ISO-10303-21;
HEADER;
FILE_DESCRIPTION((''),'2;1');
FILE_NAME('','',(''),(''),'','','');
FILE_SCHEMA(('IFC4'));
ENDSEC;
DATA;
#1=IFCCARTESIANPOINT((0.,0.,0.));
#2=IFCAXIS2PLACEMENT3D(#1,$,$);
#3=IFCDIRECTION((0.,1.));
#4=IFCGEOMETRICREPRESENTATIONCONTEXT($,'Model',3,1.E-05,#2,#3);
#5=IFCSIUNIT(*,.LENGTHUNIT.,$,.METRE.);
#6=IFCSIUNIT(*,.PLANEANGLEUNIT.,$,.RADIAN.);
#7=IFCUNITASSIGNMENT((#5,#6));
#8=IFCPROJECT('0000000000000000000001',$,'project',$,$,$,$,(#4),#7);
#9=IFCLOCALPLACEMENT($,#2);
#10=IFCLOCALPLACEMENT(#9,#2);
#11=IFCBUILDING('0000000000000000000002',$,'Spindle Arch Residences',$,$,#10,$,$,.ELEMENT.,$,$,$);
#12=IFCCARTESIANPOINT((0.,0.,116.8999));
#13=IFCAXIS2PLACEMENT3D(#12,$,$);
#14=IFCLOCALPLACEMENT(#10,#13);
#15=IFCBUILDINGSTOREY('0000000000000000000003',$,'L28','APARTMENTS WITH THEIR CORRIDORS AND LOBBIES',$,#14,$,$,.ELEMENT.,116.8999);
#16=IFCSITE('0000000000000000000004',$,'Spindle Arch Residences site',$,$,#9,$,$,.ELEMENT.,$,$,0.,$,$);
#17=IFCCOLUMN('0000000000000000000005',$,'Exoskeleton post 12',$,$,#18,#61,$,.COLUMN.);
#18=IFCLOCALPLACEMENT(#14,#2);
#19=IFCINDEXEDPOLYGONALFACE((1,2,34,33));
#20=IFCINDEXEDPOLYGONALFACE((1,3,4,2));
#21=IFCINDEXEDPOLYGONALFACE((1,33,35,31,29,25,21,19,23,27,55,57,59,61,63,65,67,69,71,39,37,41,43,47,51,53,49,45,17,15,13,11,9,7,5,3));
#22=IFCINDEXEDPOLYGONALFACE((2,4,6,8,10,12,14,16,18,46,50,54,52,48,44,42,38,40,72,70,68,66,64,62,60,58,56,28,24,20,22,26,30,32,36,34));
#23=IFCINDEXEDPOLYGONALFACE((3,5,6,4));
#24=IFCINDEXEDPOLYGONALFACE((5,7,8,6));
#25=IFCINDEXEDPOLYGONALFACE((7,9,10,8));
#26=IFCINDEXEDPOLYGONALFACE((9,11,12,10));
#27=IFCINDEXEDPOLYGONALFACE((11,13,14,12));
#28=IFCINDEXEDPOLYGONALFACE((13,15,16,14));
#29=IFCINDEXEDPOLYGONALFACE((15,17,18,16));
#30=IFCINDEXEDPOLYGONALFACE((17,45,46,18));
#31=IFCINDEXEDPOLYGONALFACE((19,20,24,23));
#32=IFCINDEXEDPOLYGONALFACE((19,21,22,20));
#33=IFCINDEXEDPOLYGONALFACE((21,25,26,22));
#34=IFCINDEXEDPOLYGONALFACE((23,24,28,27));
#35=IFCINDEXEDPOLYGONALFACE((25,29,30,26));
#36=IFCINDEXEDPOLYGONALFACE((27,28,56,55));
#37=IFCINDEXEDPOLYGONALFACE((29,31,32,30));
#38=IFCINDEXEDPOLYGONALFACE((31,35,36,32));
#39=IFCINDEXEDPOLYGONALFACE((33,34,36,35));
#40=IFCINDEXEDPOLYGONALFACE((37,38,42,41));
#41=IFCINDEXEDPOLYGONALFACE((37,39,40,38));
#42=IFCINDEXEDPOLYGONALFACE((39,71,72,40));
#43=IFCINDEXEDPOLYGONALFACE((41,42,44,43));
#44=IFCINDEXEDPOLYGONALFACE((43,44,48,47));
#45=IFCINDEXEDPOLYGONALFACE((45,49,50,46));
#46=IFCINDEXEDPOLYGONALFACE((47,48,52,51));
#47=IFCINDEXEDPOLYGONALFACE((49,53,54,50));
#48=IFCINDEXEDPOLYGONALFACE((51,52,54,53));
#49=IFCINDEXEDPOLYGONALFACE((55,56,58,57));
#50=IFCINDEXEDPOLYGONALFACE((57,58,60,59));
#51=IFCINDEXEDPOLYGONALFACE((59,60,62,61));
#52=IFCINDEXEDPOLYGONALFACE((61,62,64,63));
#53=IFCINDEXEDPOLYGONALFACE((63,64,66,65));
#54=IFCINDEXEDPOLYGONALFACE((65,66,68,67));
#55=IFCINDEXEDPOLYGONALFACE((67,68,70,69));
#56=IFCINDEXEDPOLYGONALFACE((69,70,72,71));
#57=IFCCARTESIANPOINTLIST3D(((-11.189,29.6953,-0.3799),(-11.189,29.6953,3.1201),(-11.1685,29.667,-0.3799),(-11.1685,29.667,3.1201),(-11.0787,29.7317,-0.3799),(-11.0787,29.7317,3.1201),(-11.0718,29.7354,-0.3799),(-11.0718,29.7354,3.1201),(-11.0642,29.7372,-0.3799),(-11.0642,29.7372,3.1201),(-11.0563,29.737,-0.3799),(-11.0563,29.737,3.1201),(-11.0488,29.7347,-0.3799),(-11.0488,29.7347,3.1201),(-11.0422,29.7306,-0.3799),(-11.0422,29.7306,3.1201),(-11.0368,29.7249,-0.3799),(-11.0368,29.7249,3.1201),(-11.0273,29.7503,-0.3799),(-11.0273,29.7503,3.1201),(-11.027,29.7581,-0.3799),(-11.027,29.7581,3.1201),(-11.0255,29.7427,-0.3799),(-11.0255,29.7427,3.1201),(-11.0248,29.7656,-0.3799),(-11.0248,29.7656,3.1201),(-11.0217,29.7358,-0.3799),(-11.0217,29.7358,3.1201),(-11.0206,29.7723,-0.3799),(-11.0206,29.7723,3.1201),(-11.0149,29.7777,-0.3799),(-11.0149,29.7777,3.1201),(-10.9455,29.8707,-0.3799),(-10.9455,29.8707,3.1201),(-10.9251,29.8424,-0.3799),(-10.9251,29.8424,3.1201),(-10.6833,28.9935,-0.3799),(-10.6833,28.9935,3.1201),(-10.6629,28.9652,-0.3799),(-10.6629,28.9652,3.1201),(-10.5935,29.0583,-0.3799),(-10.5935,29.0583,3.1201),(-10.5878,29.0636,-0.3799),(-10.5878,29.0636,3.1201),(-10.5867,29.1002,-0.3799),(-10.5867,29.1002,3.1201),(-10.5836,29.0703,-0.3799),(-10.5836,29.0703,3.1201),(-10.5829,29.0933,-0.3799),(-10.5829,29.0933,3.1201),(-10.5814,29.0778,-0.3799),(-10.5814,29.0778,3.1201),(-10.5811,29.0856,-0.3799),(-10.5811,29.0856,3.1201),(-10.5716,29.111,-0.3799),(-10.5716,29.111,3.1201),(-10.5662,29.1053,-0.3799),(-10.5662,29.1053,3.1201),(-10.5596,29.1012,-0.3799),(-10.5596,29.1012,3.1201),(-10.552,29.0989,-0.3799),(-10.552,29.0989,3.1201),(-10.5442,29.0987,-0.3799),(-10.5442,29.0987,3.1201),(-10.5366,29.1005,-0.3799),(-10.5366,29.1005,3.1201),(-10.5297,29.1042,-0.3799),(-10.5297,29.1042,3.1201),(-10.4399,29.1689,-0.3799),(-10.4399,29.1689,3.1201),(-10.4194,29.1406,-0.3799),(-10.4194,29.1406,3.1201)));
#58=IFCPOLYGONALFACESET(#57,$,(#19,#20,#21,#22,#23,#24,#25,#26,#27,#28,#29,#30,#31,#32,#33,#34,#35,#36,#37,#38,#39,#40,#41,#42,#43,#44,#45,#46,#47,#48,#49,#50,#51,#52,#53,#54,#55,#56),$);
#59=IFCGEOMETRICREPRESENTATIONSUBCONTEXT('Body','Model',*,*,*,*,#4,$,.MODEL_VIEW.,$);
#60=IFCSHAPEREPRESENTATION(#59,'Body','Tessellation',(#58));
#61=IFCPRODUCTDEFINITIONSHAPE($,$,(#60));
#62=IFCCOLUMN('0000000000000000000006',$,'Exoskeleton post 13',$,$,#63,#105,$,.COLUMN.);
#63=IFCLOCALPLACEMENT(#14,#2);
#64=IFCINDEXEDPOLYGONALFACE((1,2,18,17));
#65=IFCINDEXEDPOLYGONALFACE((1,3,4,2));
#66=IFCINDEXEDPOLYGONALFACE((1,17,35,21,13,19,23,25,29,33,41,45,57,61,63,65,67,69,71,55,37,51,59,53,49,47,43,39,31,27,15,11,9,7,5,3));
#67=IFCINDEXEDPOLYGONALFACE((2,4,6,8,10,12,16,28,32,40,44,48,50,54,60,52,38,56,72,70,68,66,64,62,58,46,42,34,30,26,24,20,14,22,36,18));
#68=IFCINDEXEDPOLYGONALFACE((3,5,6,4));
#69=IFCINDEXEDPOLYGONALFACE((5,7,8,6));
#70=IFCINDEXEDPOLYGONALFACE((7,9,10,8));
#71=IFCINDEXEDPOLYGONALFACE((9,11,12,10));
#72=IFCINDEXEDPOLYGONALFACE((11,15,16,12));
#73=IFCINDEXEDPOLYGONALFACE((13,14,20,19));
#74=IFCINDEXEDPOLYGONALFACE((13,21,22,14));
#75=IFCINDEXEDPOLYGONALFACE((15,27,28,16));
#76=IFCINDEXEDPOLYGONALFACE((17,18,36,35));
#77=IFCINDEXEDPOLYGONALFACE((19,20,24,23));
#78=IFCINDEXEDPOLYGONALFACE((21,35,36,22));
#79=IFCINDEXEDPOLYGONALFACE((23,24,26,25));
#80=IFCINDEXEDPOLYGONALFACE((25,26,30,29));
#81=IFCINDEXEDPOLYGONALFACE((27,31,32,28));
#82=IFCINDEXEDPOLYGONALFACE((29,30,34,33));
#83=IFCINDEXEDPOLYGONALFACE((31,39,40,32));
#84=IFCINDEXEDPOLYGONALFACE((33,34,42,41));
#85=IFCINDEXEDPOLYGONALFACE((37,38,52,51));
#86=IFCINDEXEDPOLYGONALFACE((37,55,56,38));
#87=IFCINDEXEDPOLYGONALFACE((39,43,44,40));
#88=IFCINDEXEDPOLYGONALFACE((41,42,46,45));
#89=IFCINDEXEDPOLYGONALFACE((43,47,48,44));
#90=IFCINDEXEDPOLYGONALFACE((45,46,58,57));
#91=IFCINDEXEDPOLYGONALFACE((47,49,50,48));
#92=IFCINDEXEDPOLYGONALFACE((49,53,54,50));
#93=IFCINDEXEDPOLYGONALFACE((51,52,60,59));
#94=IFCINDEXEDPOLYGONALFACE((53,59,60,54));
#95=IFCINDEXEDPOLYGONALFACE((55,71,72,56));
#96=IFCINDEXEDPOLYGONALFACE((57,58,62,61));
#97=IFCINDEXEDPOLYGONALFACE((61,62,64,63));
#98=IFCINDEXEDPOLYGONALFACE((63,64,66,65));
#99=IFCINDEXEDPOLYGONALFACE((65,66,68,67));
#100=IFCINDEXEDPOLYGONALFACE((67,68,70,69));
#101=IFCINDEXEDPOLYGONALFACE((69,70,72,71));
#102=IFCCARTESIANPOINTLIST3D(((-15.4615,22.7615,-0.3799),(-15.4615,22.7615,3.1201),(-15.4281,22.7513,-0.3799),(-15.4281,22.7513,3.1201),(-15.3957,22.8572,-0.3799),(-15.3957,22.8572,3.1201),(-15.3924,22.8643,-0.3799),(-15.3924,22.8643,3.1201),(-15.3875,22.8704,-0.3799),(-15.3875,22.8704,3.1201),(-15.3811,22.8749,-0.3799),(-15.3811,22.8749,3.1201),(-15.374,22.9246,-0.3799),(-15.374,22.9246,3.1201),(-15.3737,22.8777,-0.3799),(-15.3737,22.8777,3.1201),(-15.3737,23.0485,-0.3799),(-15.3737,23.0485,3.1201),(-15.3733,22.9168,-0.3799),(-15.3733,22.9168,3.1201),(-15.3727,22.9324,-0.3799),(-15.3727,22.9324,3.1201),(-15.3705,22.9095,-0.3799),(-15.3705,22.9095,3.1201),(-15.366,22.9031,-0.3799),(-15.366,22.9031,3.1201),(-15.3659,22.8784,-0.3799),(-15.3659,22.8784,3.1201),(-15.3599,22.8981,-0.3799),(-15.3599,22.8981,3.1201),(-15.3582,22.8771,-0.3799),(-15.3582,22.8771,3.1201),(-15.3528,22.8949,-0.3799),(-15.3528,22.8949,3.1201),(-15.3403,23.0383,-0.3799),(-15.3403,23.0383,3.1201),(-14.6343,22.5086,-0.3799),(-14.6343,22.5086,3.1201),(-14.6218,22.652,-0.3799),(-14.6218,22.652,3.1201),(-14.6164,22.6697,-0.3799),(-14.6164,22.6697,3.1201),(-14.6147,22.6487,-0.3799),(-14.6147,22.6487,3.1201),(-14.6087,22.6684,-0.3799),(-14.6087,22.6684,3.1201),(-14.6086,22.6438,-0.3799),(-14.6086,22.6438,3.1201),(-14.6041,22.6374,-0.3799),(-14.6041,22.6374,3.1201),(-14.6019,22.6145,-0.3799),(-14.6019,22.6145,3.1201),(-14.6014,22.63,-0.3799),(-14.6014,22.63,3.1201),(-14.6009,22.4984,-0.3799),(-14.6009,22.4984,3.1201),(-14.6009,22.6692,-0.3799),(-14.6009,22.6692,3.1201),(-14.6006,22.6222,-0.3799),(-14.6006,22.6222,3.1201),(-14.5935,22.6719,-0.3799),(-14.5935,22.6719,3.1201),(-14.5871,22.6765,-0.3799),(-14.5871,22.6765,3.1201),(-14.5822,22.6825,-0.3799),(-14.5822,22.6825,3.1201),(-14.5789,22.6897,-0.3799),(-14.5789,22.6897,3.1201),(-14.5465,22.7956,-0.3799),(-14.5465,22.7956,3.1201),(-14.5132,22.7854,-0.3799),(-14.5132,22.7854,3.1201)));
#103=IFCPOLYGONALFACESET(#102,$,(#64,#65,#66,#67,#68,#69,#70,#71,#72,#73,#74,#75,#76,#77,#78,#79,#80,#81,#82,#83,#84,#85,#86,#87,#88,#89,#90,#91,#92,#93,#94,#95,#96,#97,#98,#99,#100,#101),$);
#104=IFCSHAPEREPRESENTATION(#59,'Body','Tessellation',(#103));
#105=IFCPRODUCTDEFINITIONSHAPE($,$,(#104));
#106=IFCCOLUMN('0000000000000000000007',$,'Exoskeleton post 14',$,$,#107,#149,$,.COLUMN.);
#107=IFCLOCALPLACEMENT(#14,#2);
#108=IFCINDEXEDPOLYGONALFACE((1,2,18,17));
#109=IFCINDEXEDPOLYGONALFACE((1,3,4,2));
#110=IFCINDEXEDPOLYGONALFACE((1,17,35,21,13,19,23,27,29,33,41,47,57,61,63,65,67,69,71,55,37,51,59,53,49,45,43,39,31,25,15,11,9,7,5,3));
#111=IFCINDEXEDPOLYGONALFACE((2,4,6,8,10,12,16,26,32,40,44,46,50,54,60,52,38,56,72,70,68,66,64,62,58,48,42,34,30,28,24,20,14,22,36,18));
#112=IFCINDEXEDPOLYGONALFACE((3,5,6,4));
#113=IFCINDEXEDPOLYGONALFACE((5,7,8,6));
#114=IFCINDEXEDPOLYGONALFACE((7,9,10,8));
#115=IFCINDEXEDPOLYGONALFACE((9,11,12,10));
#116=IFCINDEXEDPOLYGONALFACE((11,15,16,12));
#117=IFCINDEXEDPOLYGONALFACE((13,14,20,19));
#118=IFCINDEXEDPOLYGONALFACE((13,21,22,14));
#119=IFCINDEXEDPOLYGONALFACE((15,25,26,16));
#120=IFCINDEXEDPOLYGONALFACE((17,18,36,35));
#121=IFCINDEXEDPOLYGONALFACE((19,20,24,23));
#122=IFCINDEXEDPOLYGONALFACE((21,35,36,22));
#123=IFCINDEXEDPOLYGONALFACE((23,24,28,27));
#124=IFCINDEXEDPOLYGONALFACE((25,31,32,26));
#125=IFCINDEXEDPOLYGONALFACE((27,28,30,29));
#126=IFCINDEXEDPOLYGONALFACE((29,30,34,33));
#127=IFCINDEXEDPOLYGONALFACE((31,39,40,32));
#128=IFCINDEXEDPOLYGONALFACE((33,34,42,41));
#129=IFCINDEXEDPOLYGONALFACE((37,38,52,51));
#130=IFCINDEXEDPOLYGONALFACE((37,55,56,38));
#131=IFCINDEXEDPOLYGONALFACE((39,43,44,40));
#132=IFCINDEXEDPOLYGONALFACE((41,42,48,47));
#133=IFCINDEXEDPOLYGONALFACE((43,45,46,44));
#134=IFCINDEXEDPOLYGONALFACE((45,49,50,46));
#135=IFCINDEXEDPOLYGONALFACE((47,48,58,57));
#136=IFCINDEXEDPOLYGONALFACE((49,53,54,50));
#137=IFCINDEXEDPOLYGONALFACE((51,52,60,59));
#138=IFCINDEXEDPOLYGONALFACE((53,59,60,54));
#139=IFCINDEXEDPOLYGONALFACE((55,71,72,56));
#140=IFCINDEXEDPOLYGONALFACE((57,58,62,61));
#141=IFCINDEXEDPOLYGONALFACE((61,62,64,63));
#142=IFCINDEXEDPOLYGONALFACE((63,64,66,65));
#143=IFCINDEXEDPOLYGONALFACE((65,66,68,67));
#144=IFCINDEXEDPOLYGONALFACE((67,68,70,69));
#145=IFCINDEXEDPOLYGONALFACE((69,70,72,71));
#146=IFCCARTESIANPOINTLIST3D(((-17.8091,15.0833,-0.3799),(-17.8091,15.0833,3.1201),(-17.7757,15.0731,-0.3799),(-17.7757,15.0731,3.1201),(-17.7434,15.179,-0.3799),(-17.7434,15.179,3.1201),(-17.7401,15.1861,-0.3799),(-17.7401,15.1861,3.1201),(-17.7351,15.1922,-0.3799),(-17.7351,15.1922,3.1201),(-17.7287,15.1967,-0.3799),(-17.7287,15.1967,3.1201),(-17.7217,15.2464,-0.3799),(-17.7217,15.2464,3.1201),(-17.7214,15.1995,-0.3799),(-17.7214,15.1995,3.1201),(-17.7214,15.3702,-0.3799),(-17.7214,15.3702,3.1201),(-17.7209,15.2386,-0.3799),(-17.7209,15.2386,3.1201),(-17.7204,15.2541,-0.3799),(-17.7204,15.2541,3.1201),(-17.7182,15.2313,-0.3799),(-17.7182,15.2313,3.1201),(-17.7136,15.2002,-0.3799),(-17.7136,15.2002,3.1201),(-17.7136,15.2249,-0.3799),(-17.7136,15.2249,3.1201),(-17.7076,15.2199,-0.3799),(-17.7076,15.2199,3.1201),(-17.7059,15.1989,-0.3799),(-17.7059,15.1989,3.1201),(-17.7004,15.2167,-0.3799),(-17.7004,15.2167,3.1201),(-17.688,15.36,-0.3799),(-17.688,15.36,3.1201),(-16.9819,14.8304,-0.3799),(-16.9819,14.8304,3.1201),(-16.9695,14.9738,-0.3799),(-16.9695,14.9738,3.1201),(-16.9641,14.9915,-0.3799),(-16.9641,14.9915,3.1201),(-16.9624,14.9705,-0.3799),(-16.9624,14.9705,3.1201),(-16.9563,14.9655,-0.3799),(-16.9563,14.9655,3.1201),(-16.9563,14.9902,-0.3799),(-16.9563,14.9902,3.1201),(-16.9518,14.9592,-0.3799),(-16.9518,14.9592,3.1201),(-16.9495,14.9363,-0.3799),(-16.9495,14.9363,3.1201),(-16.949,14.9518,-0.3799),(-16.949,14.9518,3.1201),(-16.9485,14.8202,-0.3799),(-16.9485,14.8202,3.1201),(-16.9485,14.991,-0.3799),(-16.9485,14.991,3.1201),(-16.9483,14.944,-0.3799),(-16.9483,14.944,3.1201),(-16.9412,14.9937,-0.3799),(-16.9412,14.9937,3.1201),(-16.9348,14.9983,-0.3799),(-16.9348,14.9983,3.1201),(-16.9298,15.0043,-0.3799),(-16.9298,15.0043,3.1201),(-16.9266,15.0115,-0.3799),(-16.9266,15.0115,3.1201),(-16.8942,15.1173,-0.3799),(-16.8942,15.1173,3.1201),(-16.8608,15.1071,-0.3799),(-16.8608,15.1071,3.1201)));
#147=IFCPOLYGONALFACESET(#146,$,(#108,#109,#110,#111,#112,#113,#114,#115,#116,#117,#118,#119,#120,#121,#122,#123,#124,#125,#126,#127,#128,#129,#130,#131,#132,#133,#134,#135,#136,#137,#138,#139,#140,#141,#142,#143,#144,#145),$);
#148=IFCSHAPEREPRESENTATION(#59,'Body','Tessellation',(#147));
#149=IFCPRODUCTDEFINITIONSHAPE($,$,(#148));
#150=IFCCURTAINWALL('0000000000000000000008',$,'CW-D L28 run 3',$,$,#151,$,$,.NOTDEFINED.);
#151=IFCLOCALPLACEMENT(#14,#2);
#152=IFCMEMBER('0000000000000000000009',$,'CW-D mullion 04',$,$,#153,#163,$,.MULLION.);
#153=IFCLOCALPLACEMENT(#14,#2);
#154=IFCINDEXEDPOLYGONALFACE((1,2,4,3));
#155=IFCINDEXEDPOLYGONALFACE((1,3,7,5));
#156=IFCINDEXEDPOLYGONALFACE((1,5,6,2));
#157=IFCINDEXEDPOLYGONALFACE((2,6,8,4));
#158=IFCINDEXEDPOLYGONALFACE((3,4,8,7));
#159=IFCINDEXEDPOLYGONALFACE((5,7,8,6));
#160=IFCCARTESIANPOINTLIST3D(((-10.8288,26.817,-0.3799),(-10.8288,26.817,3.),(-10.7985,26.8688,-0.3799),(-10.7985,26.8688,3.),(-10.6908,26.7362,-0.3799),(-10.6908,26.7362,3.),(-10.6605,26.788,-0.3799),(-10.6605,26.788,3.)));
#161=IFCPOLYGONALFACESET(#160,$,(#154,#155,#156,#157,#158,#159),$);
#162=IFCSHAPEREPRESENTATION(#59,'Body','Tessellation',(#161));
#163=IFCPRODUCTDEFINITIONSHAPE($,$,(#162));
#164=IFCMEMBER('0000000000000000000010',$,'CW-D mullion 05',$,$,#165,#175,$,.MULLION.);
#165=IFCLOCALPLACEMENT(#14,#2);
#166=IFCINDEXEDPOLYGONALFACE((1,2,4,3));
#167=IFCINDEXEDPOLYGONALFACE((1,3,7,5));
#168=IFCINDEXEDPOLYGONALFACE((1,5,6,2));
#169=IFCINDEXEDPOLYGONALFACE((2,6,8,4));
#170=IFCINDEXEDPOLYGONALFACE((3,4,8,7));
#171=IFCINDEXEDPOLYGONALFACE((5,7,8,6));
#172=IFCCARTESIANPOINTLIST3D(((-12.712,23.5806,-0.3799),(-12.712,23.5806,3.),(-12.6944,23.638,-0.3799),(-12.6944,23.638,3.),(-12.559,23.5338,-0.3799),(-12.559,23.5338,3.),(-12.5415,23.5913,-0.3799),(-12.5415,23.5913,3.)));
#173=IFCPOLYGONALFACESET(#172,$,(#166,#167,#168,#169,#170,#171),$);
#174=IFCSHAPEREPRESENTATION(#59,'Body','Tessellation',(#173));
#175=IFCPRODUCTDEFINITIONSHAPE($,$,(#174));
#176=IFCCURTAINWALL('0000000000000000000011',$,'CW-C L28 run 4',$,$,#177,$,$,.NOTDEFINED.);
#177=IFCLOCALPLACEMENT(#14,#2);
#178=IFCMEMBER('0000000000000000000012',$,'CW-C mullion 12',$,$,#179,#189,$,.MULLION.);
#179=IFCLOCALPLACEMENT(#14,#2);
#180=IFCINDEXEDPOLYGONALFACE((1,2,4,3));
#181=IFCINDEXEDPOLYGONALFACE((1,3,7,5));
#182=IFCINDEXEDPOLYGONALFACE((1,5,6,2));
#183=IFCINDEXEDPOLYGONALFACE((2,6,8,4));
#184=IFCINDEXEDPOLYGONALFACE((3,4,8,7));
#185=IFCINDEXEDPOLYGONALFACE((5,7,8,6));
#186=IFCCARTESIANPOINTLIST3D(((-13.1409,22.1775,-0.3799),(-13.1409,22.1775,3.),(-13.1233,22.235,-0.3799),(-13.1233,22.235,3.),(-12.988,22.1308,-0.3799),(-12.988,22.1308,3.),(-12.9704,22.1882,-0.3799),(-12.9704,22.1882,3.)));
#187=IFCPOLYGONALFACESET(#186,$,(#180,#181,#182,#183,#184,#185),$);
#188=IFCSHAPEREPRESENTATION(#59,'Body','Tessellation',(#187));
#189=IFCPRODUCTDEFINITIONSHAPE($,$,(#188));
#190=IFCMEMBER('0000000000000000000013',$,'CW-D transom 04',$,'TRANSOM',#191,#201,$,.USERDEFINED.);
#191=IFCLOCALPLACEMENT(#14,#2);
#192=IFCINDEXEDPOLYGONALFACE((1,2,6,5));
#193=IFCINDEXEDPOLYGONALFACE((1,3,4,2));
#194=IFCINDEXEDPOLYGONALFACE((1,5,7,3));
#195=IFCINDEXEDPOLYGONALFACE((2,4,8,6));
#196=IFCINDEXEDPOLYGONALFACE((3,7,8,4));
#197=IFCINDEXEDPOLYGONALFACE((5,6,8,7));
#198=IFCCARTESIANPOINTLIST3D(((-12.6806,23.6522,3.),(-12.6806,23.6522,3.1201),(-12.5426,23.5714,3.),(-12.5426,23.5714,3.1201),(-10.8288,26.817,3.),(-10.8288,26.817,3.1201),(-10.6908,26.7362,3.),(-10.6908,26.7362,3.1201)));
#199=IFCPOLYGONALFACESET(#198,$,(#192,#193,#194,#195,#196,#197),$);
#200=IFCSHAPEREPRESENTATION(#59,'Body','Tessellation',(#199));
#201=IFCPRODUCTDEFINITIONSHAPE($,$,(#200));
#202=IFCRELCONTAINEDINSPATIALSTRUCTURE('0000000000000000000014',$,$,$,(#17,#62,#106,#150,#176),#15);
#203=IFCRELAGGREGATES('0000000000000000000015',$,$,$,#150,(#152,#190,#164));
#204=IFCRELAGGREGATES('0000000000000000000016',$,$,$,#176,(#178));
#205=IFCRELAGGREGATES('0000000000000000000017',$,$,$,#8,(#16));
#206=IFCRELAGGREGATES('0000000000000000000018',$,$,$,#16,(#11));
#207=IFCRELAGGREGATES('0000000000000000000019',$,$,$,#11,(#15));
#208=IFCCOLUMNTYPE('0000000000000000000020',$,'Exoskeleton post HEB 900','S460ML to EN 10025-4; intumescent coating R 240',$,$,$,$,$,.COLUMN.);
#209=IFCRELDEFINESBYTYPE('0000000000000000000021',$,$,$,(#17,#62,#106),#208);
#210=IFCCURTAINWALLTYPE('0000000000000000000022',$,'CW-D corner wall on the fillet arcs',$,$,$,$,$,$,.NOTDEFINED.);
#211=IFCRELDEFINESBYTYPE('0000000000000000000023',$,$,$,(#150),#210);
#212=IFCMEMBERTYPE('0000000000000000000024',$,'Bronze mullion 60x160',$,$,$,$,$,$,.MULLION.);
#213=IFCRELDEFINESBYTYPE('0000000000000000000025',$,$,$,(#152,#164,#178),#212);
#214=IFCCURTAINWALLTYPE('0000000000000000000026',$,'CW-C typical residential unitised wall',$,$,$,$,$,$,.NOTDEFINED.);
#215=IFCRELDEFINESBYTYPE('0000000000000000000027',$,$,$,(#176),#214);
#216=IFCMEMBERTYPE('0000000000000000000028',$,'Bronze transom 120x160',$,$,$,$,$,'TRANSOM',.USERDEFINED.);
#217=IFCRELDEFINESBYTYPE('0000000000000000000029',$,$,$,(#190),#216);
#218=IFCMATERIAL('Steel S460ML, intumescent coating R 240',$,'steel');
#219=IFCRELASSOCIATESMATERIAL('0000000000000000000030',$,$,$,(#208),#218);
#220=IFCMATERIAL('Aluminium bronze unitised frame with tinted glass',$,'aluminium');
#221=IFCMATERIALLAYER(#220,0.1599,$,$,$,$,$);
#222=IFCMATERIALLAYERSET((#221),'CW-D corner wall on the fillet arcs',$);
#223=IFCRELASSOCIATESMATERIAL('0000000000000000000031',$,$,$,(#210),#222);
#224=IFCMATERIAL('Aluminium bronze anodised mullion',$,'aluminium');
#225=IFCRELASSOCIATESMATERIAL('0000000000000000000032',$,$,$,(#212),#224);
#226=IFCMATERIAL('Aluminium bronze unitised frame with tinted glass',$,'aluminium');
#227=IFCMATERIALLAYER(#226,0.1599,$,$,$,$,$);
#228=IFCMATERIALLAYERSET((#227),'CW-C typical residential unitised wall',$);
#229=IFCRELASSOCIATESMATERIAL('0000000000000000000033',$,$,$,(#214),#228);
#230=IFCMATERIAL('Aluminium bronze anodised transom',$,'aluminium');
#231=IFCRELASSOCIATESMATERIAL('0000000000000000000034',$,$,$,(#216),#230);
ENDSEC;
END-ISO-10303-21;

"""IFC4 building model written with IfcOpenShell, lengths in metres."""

from ifc_helpers import new_model, si_unit, direction, frame, origin, origin_2d, place, context, subcontext, project, spatial, rectangle, i_section, extrude, material, layer, layer_set, material_profile, profile_set, type_object, element, aggregate, save


model = new_model("IFC4")

# Units and contexts
model_context = context("Model", 3, precision=1e-05, world=origin(), true_north=direction((0.0, 1.0)))
body_context = subcontext(model_context, "Body", "Model", "MODEL_VIEW")
ifc_project = project(units=[si_unit("LENGTHUNIT", "METRE"), si_unit("PLANEANGLEUNIT", "RADIAN")], contexts=[model_context])

# Site, building, storey
site_placement = place(None, origin())
site = spatial("IfcSite", under=ifc_project, at=site_placement, Name="Spindle Arch Residences site", CompositionType="ELEMENT", RefElevation=0.0)
building_placement = place(site_placement, origin())
building = spatial("IfcBuilding", under=site, at=building_placement, Name="Spindle Arch Residences", CompositionType="ELEMENT")
storey_placement = place(building_placement, frame((0.0, 0.0, 116.8999)))
storey = spatial("IfcBuildingStorey", under=building, at=storey_placement, Name="L28", Description="APARTMENTS WITH THEIR CORRIDORS AND LOBBIES", CompositionType="ELEMENT", Elevation=116.8999)

# Columns
ifc_material_1 = material(Name="Steel S460ML, intumescent coating R 240", Category="steel")
ifc_material_profile_1 = material_profile(ifc_material_1, i_section(OverallWidth=0.3, OverallDepth=0.8999, WebThickness=0.0186, FlangeThickness=0.0349, FilletRadius=0.03, at=origin_2d()), Name="HEB 900")
ifc_profile_set_1 = profile_set([ifc_material_profile_1], Name="Steel S460ML, intumescent coating R 240")
column_type = type_object("IfcColumnType", Name="Exoskeleton post HEB 900", Description="S460ML to EN 10025-4; intumescent coating R 240", PredefinedType="COLUMN", material=ifc_profile_set_1)
for number, where, z_axis, x_axis, name in (
    (1, (-10.8042, 29.418, -0.3799), (0.0, 0.0, 1.0), (0.811328, 0.584591, 0.0), "Exoskeleton post 12"),
    (2, (-14.9873, 22.7734, -0.3799), (0.0, 0.0, 1.0), (0.292372, 0.956305, 0.0), "Exoskeleton post 13"),
    (3, (-17.335, 15.0952, -0.3799), (0.0, 0.0, 1.0), (0.292372, 0.956305, 0.0), "Exoskeleton post 14"),
):
    element("IfcColumn", number, at=place(storey_placement, frame(where, z_axis=z_axis, x_axis=x_axis)), inside=storey, type_object=column_type, Name=name, PredefinedType="COLUMN", context=body_context, shape_type="SweptSolid", body=[
        extrude(i_section(OverallWidth=0.3, OverallDepth=0.8999, WebThickness=0.0186, FlangeThickness=0.0349, FilletRadius=0.03, at=origin_2d()), origin(), (0.0, 0.0, 1.0), 3.5),
    ])

# Curtain wall, members
ifc_material_2 = material(Name="Aluminium bronze unitised frame with tinted glass", Category="aluminium")
ifc_layer_1 = layer(ifc_material_2, 0.1599)
ifc_layer_set_1 = layer_set([ifc_layer_1], Name="CW-D corner wall on the fillet arcs")
curtain_wall_type_1 = type_object("IfcCurtainWallType", Name="CW-D corner wall on the fillet arcs", PredefinedType="NOTDEFINED", material=ifc_layer_set_1)
curtain_wall_1_placement = place(storey_placement, origin())
curtain_wall_1 = element("IfcCurtainWall", 4, at=curtain_wall_1_placement, inside=storey, type_object=curtain_wall_type_1, Name="CW-D L28 run 3", PredefinedType="NOTDEFINED")
ifc_material_3 = material(Name="Aluminium bronze anodised mullion", Category="aluminium")
ifc_material_profile_2 = material_profile(ifc_material_3, rectangle(XDim=0.1599, YDim=0.0601, at=origin_2d()), Name="MU 60x160")
ifc_profile_set_2 = profile_set([ifc_material_profile_2], Name="Aluminium bronze anodised mullion")
member_type_1 = type_object("IfcMemberType", Name="Bronze mullion 60x160", PredefinedType="MULLION", material=ifc_profile_set_2)
member_1_placement = place(storey_placement, frame((-10.7446, 26.8025, -0.3799), z_axis=(0.0, 0.0, 1.0), x_axis=(0.863102, -0.50503, 0.0)))
member_1 = element("IfcMember", 5, at=member_1_placement, type_object=member_type_1, Name="CW-D mullion 04", PredefinedType="MULLION", context=body_context, shape_type="SweptSolid", body=[
    extrude(rectangle(XDim=0.1599, YDim=0.0601, at=origin_2d()), origin(), (0.0, 0.0, 1.0), 3.3799),
])
member_2_placement = place(storey_placement, frame((-12.6267, 23.5859, -0.3799), z_axis=(0.0, 0.0, 1.0), x_axis=(0.956305, -0.292372, 0.0)))
member_2 = element("IfcMember", 6, at=member_2_placement, type_object=member_type_1, Name="CW-D mullion 05", PredefinedType="MULLION", context=body_context, shape_type="SweptSolid", body=[
    extrude(rectangle(XDim=0.1599, YDim=0.0601, at=origin_2d()), origin(), (0.0, 0.0, 1.0), 3.3799),
])

# Curtain wall, member
ifc_material_4 = material(Name="Aluminium bronze unitised frame with tinted glass", Category="aluminium")
ifc_layer_2 = layer(ifc_material_4, 0.1599)
ifc_layer_set_2 = layer_set([ifc_layer_2], Name="CW-C typical residential unitised wall")
curtain_wall_type_2 = type_object("IfcCurtainWallType", Name="CW-C typical residential unitised wall", PredefinedType="NOTDEFINED", material=ifc_layer_set_2)
curtain_wall_2_placement = place(storey_placement, origin())
curtain_wall_2 = element("IfcCurtainWall", 7, at=curtain_wall_2_placement, inside=storey, type_object=curtain_wall_type_2, Name="CW-C L28 run 4", PredefinedType="NOTDEFINED")
member_3_placement = place(storey_placement, frame((-13.0557, 22.1829, -0.3799), z_axis=(0.0, 0.0, 1.0), x_axis=(0.956305, -0.292372, 0.0)))
member_3 = element("IfcMember", 8, at=member_3_placement, type_object=member_type_1, Name="CW-C mullion 12", PredefinedType="MULLION", context=body_context, shape_type="SweptSolid", body=[
    extrude(rectangle(XDim=0.1599, YDim=0.0601, at=origin_2d()), origin(), (0.0, 0.0, 1.0), 3.3799),
])

# Member
ifc_material_5 = material(Name="Aluminium bronze anodised transom", Category="aluminium")
ifc_material_profile_3 = material_profile(ifc_material_5, rectangle(XDim=0.1599, YDim=0.1201, at=origin_2d()), Name="TR 120x160")
ifc_profile_set_3 = profile_set([ifc_material_profile_3], Name="Aluminium bronze anodised transom")
member_type_2 = type_object("IfcMemberType", Name="Bronze transom 120x160", ElementType="TRANSOM", PredefinedType="USERDEFINED", material=ifc_profile_set_3)
member_4_placement = place(storey_placement, frame((-10.7598, 26.7766, 3.0601), z_axis=(-0.505026, -0.863104, 0.0), x_axis=(0.863104, -0.505026, 0.0)))
member_4 = element("IfcMember", 9, at=member_4_placement, type_object=member_type_2, Name="CW-D transom 04", ObjectType="TRANSOM", PredefinedType="USERDEFINED", context=body_context, shape_type="SweptSolid", body=[
    extrude(rectangle(XDim=0.1599, YDim=0.1201, at=origin_2d()), origin(), (0.0, 0.0, 1.0), 3.6667),
])

aggregate(curtain_wall_1, [member_1, member_4, member_2])
aggregate(curtain_wall_2, [member_3])

save(model, "model.ifc")
